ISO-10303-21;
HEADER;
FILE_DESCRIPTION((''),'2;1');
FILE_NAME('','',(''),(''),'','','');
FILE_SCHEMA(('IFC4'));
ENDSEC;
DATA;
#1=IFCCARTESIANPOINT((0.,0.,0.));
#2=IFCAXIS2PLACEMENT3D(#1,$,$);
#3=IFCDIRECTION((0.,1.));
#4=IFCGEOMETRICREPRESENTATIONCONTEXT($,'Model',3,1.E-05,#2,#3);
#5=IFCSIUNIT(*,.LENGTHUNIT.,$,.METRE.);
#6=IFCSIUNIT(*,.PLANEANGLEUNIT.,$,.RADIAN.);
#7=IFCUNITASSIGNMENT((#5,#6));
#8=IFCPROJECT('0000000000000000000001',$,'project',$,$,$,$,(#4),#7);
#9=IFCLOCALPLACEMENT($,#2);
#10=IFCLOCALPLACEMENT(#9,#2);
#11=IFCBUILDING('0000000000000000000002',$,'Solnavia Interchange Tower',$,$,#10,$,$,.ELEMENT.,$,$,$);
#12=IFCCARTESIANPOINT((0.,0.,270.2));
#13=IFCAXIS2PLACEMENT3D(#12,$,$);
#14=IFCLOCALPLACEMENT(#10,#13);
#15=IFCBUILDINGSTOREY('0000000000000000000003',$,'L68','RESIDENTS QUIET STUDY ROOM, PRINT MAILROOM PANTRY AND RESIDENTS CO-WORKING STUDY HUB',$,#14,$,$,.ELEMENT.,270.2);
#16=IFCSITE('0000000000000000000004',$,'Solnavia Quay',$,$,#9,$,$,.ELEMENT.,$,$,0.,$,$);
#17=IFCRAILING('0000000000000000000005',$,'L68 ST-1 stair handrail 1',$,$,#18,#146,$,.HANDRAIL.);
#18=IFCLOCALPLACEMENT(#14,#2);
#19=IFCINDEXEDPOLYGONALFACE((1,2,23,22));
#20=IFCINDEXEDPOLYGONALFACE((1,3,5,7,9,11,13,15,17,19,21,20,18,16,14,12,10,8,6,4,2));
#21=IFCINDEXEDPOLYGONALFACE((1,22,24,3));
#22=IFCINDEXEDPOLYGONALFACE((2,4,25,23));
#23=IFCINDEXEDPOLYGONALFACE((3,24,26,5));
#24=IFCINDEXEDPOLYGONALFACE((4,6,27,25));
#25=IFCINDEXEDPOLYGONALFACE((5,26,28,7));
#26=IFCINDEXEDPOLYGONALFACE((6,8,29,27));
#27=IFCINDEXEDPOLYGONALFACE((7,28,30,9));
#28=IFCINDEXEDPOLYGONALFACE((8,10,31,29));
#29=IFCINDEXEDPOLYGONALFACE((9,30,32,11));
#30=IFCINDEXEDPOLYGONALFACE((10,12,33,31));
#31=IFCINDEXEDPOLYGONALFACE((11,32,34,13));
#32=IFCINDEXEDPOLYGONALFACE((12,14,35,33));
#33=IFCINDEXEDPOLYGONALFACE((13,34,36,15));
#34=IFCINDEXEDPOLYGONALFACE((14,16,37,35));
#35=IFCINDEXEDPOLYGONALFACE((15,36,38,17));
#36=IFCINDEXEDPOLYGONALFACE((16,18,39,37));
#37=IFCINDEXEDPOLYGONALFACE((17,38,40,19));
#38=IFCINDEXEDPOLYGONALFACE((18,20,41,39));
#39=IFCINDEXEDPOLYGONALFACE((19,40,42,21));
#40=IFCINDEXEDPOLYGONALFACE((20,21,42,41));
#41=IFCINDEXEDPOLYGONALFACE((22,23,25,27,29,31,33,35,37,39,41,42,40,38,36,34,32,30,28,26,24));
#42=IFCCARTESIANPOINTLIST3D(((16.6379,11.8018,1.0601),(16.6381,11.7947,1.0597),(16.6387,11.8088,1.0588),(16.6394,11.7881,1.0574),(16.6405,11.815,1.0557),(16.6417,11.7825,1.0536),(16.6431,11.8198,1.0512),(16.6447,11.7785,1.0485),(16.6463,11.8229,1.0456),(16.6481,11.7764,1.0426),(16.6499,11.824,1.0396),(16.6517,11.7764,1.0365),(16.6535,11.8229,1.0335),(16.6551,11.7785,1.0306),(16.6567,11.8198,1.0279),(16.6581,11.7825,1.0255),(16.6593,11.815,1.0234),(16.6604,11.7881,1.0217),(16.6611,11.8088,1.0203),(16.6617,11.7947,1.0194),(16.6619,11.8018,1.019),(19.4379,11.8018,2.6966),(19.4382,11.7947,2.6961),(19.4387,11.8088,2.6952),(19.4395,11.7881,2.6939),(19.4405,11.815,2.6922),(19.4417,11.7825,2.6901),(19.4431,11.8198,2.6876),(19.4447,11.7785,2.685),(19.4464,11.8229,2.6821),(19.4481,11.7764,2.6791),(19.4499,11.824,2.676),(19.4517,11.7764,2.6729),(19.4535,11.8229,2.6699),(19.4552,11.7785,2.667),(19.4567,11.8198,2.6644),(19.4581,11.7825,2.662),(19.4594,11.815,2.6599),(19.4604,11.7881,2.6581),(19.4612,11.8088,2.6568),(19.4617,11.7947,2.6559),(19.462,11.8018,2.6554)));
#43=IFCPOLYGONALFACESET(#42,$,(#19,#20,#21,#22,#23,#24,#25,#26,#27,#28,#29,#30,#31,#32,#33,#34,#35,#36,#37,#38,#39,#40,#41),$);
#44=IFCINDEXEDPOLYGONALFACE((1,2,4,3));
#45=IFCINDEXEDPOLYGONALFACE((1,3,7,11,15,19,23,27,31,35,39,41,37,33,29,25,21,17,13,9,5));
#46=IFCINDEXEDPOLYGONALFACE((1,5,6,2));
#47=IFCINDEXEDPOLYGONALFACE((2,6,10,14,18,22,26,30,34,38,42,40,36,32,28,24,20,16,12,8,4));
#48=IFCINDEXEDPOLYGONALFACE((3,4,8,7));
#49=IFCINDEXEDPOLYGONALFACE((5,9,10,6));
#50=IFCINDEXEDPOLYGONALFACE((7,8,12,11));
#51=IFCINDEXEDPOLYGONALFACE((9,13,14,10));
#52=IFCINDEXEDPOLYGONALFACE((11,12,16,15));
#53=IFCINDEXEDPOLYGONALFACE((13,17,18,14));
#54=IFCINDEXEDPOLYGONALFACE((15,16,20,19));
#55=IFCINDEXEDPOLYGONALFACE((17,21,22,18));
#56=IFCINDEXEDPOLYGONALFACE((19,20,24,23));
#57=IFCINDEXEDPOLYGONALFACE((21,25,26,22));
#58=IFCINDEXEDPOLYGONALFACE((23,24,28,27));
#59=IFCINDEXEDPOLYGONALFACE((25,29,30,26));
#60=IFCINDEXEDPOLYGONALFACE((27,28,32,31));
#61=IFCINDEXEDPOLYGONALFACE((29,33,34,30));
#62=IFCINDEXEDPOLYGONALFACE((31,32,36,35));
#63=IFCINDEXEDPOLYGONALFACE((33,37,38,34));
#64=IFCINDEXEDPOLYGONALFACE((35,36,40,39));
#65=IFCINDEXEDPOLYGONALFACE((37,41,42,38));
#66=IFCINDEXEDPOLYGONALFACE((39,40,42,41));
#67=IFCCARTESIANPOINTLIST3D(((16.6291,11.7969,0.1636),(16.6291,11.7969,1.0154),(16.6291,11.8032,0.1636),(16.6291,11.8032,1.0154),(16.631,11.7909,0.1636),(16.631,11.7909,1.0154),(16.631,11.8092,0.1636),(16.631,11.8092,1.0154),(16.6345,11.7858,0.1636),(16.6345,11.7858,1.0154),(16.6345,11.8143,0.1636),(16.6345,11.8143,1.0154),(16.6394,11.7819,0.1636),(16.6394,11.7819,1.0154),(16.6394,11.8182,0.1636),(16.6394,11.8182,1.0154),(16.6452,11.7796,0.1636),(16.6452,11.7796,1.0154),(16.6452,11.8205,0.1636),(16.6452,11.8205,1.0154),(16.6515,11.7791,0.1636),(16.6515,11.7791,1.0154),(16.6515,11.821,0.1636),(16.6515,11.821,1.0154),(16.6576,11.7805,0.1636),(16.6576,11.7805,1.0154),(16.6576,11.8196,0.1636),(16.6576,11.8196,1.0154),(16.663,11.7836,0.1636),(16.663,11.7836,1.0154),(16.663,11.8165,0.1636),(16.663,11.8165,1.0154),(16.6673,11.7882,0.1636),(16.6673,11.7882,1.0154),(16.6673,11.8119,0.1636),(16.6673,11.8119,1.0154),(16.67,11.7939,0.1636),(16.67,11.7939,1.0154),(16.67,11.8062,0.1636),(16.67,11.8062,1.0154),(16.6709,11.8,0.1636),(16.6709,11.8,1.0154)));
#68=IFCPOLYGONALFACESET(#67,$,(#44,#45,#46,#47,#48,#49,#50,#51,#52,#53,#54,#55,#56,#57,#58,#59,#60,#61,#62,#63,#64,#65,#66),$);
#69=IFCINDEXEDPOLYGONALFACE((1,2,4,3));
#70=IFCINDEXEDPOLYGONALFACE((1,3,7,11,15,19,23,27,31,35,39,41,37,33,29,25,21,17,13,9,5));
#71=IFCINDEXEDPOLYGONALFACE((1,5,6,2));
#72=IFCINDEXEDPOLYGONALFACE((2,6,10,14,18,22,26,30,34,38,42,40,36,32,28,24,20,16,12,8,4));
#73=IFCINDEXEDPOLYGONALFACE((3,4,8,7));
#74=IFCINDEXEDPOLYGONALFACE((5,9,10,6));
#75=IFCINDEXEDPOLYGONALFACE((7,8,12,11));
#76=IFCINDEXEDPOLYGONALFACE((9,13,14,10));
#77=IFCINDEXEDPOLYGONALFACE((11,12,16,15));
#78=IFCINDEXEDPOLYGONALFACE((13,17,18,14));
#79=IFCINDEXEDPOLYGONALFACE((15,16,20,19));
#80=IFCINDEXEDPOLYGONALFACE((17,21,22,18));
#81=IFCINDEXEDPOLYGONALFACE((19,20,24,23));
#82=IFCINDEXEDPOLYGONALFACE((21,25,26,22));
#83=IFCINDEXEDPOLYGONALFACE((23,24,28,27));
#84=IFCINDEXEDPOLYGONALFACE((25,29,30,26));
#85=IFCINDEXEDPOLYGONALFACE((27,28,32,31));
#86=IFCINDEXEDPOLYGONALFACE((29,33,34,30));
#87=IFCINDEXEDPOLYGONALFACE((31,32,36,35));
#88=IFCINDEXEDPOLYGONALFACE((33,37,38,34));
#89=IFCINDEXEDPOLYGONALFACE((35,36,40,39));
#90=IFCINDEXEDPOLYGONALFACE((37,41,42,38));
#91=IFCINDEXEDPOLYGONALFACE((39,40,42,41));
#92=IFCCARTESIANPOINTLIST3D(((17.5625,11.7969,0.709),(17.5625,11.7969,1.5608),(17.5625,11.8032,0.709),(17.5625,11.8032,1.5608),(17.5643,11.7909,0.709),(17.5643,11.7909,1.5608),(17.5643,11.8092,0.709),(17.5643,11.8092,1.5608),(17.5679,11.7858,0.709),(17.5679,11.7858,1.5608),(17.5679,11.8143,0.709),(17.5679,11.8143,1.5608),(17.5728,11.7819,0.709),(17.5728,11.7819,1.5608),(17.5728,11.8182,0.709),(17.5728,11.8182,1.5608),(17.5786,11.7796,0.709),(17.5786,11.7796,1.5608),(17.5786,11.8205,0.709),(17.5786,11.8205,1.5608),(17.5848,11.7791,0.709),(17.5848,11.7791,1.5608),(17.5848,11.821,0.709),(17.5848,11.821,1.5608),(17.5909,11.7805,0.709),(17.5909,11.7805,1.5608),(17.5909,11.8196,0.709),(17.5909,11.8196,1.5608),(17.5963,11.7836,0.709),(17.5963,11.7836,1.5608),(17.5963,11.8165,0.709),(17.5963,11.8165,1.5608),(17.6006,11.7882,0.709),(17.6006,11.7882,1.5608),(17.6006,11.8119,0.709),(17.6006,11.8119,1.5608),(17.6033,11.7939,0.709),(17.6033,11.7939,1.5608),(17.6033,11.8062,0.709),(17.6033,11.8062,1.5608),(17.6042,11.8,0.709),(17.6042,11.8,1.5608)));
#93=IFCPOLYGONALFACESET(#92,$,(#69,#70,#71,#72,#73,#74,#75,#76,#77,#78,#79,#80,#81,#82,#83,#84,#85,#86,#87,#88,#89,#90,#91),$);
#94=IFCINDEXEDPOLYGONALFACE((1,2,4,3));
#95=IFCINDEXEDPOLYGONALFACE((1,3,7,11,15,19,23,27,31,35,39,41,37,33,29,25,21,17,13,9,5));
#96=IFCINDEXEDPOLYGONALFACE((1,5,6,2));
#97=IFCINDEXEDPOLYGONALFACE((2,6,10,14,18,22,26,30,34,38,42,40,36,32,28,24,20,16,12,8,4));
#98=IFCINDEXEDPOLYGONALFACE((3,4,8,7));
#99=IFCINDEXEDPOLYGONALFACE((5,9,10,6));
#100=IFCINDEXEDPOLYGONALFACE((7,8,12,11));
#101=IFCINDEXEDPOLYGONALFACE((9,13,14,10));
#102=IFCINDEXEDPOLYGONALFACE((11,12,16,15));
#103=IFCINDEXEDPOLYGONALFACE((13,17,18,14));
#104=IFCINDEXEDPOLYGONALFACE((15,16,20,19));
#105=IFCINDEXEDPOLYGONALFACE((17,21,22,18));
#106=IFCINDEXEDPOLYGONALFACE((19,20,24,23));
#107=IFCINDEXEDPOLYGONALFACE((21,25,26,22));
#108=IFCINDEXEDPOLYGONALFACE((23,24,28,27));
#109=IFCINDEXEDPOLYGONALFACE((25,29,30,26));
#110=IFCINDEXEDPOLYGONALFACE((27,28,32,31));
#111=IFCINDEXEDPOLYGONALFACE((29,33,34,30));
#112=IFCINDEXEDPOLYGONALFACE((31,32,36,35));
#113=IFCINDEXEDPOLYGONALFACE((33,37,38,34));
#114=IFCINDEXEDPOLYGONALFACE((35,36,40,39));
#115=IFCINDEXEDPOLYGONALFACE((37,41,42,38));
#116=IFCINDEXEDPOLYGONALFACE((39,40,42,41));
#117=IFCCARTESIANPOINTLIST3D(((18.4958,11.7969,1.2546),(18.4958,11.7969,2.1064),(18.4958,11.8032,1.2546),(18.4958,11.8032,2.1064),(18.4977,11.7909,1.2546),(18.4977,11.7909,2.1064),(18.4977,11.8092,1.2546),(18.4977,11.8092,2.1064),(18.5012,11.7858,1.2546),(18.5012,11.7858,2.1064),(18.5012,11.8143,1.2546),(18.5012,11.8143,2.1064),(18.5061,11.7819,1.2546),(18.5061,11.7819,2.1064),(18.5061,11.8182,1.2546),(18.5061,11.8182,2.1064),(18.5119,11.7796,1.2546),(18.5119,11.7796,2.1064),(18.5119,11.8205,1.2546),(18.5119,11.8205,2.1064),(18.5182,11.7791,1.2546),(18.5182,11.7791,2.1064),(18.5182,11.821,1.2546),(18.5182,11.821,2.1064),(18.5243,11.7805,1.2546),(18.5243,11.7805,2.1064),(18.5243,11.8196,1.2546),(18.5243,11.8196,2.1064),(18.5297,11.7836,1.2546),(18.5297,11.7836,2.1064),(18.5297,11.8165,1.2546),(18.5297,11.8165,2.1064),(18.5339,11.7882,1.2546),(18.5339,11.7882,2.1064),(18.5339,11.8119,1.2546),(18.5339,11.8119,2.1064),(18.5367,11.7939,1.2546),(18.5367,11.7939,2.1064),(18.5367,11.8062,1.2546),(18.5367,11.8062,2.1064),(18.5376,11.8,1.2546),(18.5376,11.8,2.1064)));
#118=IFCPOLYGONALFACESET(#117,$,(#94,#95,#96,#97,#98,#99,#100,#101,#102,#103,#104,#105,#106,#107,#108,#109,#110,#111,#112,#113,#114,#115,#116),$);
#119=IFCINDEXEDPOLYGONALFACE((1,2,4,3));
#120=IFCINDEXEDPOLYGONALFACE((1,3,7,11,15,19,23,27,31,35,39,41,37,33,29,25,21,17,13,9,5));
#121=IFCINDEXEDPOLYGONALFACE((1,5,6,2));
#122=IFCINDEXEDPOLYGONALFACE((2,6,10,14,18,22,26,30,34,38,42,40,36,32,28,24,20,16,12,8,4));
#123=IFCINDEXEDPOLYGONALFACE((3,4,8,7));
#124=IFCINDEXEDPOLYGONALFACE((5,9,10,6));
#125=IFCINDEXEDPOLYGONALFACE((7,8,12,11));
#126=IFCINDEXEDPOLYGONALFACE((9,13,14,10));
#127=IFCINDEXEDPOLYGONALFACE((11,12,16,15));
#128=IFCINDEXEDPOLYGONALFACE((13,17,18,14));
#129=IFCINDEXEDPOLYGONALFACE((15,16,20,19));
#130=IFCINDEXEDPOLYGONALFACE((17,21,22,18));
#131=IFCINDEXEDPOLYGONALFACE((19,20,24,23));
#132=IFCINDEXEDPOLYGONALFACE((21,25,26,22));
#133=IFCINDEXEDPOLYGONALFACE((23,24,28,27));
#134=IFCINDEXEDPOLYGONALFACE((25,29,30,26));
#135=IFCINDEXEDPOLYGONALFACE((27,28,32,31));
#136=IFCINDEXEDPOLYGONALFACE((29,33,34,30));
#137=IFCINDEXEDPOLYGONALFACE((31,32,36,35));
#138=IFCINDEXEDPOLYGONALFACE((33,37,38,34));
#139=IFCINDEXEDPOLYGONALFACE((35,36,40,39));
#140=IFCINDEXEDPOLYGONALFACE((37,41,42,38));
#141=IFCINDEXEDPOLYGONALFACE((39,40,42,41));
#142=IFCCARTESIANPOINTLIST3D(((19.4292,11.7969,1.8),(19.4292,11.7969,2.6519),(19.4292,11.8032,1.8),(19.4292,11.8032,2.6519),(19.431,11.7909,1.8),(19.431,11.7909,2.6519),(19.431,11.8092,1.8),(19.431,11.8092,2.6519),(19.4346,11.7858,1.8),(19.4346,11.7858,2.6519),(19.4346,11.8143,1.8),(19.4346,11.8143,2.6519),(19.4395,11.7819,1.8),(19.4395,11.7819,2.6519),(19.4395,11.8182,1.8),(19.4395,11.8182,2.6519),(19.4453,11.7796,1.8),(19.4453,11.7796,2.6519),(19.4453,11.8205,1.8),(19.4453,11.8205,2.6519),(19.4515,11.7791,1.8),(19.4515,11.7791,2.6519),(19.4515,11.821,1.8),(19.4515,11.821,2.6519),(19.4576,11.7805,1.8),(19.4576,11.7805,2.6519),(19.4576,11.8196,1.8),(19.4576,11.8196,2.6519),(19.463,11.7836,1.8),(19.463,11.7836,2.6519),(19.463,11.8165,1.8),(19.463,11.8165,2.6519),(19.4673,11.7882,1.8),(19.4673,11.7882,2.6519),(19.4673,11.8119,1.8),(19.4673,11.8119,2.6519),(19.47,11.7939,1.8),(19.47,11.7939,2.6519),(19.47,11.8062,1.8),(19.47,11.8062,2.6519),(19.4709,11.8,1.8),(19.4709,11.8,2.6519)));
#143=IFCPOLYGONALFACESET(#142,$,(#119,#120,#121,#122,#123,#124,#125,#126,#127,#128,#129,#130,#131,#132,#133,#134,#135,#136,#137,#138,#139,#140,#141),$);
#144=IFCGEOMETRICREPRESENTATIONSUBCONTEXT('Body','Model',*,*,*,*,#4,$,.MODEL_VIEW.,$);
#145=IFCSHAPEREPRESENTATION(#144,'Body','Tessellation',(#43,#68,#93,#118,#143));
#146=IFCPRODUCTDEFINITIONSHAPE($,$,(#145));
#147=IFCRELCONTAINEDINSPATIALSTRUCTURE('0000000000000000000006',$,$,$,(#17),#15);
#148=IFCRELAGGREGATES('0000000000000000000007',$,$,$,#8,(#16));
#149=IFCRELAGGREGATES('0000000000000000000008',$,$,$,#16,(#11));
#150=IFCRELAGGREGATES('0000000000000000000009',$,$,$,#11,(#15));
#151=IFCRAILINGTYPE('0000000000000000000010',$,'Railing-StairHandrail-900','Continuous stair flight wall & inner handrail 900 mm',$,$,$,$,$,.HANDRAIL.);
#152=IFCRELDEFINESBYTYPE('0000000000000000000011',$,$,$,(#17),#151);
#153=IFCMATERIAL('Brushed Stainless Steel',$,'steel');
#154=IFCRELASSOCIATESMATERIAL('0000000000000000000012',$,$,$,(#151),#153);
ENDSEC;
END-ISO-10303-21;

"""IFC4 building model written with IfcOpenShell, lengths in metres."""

from ifc_helpers import new_model, si_unit, direction, frame, origin, origin_2d, place, context, subcontext, project, spatial, circle, extrude, material, type_object, element, save


model = new_model("IFC4")

# Units and contexts
model_context = context("Model", 3, precision=1e-05, world=origin(), true_north=direction((0.0, 1.0)))
body_context = subcontext(model_context, "Body", "Model", "MODEL_VIEW")
ifc_project = project(units=[si_unit("LENGTHUNIT", "METRE"), si_unit("PLANEANGLEUNIT", "RADIAN")], contexts=[model_context])

# Site, building, storey
site_placement = place(None, origin())
site = spatial("IfcSite", under=ifc_project, at=site_placement, Name="Solnavia Quay", CompositionType="ELEMENT", RefElevation=0.0)
building_placement = place(site_placement, origin())
building = spatial("IfcBuilding", under=site, at=building_placement, Name="Solnavia Interchange Tower", CompositionType="ELEMENT")
storey_placement = place(building_placement, frame((0.0, 0.0, 270.2)))
storey = spatial("IfcBuildingStorey", under=building, at=storey_placement, Name="L68", Description="RESIDENTS QUIET STUDY ROOM, PRINT MAILROOM PANTRY AND RESIDENTS CO-WORKING STUDY HUB", CompositionType="ELEMENT", Elevation=270.2)

# Railing
ifc_material_1 = material(Name="Brushed Stainless Steel", Category="steel")
railing_type_1 = type_object("IfcRailingType", Name="Railing-StairHandrail-900", Description="Continuous stair flight wall & inner handrail 900 mm", PredefinedType="HANDRAIL", material=ifc_material_1)
railing_1_placement = place(storey_placement, frame((16.6499, 11.8, 0.1636)))
element("IfcRailing", 1, at=railing_1_placement, inside=storey, type_object=railing_type_1, Name="L68 ST-1 stair handrail 1", PredefinedType="HANDRAIL", context=body_context, shape_type="SweptSolid", body=[
    extrude(circle(Radius=0.0239, at=origin_2d()), frame((0.0, 0.0, 0.876), z_axis=(0.863361, 0.0, 0.504587), x_axis=(0.0, 1.0, 0.0)), (0.0, 0.0, 1.0), 3.2432),
    extrude(circle(Radius=0.021, at=origin_2d()), origin(), (0.0, 0.0, 1.0), 0.8518),
    extrude(circle(Radius=0.021, at=origin_2d()), frame((0.9333, 0.0, 0.5454)), (0.0, 0.0, 1.0), 0.8518),
    extrude(circle(Radius=0.021, at=origin_2d()), frame((1.8667, 0.0, 1.0911)), (0.0, 0.0, 1.0), 0.8518),
    extrude(circle(Radius=0.021, at=origin_2d()), frame((2.8, 0.0, 1.6365)), (0.0, 0.0, 1.0), 0.8518),
])

save(model, "model.ifc")
